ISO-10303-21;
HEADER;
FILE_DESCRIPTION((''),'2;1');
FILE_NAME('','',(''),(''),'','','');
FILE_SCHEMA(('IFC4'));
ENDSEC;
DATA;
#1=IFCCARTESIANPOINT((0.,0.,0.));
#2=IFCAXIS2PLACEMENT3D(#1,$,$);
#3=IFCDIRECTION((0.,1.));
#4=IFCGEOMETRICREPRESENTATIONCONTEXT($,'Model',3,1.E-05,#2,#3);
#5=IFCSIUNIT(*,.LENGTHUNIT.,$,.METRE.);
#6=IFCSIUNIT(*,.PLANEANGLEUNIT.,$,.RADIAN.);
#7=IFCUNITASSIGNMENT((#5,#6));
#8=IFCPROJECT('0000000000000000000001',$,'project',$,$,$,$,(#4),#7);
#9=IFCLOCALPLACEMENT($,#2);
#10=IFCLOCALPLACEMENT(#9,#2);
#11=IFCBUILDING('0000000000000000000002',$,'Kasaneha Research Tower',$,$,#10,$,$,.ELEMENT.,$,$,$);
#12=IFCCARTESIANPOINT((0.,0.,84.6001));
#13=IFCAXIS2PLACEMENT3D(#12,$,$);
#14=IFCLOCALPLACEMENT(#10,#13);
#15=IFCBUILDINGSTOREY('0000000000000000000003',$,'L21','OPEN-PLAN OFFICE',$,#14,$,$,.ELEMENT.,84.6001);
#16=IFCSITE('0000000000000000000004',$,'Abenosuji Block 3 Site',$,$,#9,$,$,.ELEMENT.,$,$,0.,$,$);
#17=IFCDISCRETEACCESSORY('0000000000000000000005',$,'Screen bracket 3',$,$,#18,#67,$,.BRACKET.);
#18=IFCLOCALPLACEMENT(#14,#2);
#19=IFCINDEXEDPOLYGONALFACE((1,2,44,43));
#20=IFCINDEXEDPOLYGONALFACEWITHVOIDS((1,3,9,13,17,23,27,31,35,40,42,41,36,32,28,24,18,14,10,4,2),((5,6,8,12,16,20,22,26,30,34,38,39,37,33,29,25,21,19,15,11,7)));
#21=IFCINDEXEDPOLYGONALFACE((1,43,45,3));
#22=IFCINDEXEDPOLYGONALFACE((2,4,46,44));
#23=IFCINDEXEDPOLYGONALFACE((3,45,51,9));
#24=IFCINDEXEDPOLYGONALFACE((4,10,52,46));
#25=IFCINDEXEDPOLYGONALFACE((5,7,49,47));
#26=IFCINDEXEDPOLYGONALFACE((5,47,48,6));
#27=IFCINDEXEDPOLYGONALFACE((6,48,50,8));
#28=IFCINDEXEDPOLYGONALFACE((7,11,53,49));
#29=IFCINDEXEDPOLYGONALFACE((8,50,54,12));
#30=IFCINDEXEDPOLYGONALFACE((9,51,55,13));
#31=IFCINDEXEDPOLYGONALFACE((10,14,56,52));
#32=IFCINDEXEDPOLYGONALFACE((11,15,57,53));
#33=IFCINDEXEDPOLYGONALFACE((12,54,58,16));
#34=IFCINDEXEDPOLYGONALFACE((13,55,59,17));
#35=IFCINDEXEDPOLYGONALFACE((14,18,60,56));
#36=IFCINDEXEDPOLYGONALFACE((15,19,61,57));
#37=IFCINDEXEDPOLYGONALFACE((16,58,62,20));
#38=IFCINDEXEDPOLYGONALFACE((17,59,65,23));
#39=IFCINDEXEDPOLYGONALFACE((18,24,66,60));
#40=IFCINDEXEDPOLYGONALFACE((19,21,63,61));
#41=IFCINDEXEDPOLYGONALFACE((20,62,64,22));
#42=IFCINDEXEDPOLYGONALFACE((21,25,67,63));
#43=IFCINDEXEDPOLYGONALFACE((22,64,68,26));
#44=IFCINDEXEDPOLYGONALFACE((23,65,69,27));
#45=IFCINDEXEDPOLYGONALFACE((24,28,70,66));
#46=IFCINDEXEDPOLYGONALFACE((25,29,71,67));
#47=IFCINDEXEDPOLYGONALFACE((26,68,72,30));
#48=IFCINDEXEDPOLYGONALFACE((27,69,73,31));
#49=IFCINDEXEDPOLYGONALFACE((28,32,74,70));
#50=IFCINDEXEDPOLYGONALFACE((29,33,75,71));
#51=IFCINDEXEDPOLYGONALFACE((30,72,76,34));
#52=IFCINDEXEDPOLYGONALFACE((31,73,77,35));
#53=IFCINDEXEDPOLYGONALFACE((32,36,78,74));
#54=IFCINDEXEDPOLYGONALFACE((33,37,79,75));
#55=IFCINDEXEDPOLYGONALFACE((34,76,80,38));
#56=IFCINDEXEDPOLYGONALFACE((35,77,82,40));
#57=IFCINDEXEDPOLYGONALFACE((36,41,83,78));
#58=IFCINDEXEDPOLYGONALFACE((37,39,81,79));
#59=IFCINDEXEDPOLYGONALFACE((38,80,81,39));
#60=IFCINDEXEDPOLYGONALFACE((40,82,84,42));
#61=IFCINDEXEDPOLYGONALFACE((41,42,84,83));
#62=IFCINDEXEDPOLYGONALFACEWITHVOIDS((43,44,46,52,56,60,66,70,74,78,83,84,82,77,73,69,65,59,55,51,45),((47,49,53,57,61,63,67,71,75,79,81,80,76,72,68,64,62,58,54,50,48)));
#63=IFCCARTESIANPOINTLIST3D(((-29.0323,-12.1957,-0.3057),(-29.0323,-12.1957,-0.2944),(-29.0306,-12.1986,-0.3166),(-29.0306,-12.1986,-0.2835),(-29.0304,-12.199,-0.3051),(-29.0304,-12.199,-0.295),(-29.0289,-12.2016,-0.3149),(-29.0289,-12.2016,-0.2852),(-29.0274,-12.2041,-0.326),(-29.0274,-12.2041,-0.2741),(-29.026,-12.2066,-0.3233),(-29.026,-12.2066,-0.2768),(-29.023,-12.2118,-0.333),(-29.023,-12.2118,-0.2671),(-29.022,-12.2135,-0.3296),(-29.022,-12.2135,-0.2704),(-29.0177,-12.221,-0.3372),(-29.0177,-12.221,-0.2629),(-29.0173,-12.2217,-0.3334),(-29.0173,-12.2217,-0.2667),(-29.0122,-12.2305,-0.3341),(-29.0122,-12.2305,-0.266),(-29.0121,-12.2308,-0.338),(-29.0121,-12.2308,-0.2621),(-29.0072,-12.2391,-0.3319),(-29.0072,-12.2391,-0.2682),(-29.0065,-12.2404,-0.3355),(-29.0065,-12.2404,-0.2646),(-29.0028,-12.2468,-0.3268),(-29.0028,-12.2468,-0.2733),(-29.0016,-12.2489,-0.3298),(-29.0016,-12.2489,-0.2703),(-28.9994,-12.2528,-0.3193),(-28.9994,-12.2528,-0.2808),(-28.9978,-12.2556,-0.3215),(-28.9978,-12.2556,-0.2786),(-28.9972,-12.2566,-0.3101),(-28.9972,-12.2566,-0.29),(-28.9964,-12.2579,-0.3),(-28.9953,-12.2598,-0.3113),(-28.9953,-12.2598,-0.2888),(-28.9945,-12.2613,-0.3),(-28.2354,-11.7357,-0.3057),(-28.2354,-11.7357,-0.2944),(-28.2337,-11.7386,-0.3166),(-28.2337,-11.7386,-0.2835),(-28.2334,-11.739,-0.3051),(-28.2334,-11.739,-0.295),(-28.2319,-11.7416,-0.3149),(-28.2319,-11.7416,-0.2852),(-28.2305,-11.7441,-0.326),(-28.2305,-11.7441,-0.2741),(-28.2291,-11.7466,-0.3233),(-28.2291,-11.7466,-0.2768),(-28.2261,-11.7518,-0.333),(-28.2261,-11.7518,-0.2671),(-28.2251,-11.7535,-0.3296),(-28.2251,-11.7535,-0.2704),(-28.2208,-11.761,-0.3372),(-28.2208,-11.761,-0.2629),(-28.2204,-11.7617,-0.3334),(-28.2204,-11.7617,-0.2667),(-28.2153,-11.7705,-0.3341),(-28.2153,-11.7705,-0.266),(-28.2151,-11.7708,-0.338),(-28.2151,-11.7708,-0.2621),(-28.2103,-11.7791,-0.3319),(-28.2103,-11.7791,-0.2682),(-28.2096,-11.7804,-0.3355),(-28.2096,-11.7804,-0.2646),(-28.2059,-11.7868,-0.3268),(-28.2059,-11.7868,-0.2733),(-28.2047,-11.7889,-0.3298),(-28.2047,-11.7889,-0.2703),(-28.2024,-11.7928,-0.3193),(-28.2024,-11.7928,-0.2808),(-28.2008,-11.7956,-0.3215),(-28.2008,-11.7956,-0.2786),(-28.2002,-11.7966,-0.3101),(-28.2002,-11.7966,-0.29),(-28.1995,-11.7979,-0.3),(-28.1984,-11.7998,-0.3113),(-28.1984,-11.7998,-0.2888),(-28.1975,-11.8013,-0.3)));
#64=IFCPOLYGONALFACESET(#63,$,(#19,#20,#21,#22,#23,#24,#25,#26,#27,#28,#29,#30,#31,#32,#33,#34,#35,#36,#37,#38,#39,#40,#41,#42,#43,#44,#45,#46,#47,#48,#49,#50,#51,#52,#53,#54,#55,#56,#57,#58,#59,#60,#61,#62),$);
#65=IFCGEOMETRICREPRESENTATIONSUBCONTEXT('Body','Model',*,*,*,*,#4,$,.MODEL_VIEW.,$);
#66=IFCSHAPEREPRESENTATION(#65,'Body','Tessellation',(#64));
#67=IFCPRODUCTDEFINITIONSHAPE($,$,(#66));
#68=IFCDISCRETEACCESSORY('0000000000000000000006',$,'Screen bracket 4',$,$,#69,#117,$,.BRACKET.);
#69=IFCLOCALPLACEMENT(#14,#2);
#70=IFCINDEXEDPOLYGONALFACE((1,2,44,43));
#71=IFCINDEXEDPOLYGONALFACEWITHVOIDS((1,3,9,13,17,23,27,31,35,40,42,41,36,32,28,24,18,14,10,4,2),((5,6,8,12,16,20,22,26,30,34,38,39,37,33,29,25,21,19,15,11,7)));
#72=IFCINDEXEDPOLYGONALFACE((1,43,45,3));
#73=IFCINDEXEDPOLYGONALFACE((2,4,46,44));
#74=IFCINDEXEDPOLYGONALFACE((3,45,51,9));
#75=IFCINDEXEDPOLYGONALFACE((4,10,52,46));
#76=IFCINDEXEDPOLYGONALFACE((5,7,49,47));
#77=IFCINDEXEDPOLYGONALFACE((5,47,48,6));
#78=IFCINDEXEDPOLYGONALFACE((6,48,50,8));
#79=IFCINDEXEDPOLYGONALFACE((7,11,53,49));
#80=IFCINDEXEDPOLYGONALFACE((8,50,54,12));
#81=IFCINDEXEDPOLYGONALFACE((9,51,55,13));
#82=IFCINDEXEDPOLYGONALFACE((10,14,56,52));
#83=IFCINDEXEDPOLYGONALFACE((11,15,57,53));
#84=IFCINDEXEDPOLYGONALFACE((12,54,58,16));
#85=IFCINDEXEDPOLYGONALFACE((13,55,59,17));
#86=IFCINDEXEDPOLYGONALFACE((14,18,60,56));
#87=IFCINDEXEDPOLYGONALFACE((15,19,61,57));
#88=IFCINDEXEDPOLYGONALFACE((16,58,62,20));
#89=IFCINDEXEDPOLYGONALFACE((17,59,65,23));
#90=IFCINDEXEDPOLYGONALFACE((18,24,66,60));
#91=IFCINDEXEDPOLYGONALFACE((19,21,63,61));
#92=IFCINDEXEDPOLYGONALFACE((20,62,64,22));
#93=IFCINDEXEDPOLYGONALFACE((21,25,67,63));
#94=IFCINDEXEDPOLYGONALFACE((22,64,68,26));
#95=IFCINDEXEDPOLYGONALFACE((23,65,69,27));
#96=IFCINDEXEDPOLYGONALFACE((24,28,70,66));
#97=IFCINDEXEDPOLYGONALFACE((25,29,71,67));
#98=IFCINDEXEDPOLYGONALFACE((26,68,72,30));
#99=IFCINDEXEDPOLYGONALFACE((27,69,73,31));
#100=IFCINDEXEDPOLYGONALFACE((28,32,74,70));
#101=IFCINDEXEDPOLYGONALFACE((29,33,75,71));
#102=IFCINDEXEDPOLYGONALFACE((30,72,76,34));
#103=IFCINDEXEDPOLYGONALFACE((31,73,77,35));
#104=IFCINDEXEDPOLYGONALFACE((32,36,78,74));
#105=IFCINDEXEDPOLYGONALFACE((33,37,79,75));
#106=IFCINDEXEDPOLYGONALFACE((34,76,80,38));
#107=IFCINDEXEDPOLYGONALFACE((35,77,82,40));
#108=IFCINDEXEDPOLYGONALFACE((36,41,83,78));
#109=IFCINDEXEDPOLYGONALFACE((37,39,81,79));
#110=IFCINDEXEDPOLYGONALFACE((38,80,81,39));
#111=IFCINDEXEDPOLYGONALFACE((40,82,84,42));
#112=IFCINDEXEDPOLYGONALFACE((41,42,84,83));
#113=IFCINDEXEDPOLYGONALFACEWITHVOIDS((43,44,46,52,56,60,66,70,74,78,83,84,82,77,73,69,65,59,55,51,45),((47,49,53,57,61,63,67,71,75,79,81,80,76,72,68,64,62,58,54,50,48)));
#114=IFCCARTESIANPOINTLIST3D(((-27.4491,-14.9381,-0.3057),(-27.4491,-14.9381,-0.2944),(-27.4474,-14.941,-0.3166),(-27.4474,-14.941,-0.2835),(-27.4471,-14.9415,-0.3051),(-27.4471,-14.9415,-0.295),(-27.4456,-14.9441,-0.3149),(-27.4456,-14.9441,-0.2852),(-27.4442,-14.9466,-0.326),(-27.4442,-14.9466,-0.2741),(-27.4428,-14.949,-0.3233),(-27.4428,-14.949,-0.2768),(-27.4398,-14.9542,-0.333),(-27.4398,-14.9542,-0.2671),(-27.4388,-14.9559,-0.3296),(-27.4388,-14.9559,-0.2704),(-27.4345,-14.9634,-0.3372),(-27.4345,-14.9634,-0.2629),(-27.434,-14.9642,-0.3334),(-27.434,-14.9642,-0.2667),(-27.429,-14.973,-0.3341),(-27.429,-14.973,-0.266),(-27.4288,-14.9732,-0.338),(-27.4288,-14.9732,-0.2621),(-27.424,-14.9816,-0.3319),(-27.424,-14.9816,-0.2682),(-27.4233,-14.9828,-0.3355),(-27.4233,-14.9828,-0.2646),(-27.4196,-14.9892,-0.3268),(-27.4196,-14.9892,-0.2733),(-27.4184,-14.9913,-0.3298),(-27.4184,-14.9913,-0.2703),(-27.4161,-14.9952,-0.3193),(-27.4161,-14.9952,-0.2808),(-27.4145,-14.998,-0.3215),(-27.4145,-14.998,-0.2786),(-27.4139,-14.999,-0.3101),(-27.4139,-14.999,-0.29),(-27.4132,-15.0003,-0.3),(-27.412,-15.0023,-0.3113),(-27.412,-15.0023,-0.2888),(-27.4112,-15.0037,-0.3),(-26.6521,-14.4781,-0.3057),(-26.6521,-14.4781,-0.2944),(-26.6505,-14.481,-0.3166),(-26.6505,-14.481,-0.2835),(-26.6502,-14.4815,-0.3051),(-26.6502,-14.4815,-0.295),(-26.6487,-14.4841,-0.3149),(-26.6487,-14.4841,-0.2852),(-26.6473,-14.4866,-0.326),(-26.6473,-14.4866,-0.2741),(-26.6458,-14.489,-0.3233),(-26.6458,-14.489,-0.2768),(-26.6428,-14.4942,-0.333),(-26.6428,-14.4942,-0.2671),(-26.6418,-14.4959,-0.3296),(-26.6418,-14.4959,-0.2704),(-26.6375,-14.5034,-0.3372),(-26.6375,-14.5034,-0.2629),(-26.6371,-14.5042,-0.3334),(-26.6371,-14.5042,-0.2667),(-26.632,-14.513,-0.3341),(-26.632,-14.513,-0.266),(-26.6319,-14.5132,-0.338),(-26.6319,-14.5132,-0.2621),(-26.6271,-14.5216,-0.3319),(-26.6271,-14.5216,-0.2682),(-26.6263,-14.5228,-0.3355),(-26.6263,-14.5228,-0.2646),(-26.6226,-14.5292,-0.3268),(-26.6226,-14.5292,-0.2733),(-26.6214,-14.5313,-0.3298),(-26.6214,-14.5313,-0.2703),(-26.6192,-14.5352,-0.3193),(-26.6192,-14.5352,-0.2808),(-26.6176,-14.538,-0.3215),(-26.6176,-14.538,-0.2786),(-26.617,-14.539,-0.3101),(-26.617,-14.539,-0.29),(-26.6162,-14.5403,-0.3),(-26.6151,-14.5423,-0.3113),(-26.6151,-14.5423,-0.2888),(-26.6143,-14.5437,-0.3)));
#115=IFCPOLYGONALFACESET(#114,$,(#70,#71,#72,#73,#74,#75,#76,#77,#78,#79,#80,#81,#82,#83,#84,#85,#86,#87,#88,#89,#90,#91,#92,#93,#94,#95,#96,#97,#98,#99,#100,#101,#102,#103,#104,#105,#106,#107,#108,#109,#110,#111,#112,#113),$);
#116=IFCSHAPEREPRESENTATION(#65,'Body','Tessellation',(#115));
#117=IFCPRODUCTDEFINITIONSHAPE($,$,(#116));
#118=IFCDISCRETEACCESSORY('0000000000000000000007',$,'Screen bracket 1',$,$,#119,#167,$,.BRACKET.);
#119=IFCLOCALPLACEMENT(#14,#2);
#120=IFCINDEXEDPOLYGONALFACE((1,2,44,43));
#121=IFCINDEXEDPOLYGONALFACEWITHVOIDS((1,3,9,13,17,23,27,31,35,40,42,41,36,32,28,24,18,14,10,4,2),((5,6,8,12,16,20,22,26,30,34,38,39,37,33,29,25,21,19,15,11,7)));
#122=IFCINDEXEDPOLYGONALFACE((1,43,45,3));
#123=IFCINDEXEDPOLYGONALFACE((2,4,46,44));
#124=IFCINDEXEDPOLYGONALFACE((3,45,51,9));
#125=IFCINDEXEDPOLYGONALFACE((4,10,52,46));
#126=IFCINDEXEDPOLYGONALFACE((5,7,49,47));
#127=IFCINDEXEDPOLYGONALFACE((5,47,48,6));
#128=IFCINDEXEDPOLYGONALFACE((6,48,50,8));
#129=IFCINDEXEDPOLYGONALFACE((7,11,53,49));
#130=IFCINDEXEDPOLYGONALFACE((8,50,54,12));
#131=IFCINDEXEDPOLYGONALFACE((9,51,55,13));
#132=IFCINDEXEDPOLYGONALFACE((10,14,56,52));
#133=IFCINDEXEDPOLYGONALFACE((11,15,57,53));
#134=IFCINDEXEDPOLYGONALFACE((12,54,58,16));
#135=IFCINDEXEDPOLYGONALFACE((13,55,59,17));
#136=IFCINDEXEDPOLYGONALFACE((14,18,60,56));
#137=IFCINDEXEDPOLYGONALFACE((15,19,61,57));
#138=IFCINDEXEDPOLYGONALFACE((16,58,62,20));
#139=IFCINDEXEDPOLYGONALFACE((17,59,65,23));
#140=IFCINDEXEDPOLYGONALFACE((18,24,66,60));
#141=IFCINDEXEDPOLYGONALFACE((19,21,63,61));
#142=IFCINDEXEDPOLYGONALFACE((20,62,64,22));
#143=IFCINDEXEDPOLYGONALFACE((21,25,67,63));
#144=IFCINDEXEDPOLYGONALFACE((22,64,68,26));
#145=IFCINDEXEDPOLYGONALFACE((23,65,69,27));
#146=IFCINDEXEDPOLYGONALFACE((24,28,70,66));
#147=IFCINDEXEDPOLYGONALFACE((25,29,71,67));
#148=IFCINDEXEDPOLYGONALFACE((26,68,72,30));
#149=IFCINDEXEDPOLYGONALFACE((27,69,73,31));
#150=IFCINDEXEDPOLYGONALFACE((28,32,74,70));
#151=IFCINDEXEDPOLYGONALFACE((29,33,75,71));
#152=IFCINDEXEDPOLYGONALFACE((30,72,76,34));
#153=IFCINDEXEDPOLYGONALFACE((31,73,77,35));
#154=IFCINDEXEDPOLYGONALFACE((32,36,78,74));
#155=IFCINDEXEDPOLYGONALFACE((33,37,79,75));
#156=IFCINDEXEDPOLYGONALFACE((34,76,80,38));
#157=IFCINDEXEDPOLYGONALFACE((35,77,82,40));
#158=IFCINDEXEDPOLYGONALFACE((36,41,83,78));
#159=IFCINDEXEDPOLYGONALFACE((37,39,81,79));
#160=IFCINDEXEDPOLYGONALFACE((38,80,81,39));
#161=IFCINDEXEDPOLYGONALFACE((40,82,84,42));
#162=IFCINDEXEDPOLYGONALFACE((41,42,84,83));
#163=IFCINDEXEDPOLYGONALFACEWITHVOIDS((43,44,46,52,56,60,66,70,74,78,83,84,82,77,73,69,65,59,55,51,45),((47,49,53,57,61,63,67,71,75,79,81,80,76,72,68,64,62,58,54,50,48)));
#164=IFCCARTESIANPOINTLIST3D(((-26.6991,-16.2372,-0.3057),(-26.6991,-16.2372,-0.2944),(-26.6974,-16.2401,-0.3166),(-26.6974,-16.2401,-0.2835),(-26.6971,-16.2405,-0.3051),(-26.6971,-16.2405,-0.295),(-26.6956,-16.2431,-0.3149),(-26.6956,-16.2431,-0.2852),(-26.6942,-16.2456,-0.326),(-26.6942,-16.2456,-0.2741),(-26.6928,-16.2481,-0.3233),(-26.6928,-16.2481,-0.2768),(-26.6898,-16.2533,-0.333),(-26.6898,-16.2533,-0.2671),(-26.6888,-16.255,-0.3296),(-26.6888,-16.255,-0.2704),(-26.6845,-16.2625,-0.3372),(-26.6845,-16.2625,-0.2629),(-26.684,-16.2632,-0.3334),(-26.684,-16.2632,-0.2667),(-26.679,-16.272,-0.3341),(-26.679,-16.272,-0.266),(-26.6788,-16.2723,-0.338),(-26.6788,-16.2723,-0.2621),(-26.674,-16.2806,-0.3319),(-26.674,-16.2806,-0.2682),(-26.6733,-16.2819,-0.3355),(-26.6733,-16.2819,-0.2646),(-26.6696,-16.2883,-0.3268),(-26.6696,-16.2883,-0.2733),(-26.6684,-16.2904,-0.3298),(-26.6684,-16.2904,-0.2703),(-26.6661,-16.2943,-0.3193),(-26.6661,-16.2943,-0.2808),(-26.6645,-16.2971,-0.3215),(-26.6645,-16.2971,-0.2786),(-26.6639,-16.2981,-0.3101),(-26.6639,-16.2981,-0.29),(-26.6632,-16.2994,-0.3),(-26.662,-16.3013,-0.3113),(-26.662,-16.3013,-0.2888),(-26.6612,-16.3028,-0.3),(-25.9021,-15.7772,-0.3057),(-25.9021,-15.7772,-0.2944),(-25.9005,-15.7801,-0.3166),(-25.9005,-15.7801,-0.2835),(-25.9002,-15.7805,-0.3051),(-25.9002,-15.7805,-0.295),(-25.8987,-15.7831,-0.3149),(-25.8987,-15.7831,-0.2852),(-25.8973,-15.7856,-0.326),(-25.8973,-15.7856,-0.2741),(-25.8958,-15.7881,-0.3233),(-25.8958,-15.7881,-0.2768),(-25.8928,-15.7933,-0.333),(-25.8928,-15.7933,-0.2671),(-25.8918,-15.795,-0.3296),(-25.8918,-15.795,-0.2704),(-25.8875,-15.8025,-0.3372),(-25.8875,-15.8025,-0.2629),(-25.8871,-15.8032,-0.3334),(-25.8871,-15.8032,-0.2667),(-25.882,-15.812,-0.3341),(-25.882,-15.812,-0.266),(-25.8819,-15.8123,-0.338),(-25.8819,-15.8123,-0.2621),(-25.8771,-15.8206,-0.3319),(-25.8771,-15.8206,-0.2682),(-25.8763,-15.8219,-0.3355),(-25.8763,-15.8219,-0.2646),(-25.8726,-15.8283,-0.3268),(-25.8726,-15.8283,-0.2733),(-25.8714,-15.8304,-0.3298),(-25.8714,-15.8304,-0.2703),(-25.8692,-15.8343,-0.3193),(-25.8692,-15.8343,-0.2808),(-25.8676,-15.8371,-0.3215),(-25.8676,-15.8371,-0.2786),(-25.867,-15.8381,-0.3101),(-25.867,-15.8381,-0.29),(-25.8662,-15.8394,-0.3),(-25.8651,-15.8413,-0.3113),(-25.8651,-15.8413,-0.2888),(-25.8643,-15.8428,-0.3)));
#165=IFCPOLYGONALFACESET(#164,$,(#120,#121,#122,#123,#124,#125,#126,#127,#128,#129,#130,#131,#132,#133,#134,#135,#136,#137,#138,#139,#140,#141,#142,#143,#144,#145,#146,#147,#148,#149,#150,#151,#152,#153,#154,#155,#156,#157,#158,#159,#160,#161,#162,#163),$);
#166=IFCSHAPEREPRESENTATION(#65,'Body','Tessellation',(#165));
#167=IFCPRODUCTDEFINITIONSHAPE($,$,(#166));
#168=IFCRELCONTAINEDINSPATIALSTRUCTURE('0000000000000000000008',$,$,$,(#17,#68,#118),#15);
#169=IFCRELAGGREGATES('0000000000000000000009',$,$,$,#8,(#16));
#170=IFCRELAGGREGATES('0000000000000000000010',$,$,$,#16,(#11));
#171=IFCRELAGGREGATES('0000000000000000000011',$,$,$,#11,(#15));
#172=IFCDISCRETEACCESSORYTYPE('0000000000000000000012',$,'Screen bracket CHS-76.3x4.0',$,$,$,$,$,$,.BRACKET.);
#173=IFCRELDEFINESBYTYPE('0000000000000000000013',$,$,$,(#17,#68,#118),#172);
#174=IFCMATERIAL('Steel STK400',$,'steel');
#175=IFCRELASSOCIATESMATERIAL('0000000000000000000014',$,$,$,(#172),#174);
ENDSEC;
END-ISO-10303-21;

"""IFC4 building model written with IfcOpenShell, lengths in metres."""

from ifc_helpers import new_model, si_unit, direction, frame, origin, origin_2d, place, context, subcontext, project, spatial, hollow_circle, extrude, material, material_profile, profile_set, type_object, element, save


model = new_model("IFC4")

# Units and contexts
model_context = context("Model", 3, precision=1e-05, world=origin(), true_north=direction((0.0, 1.0)))
body_context = subcontext(model_context, "Body", "Model", "MODEL_VIEW")
ifc_project = project(units=[si_unit("LENGTHUNIT", "METRE"), si_unit("PLANEANGLEUNIT", "RADIAN")], contexts=[model_context])

# Site, building, storey
site_placement = place(None, origin())
site = spatial("IfcSite", under=ifc_project, at=site_placement, Name="Abenosuji Block 3 Site", CompositionType="ELEMENT", RefElevation=0.0)
building_placement = place(site_placement, origin())
building = spatial("IfcBuilding", under=site, at=building_placement, Name="Kasaneha Research Tower", CompositionType="ELEMENT")
storey_placement = place(building_placement, frame((0.0, 0.0, 84.6001)))
storey = spatial("IfcBuildingStorey", under=building, at=storey_placement, Name="L21", Description="OPEN-PLAN OFFICE", CompositionType="ELEMENT", Elevation=84.6001)

# Discrete accessories
ifc_material_1 = material(Name="Steel STK400", Category="steel")
ifc_material_profile_1 = material_profile(ifc_material_1, hollow_circle(Radius=0.0381, WallThickness=0.0039, at=origin_2d()), Name="CHS-76.3x4.0")
ifc_profile_set_1 = profile_set([ifc_material_profile_1], Name="Steel STK400")
discrete_accessory_type = type_object("IfcDiscreteAccessoryType", Name="Screen bracket CHS-76.3x4.0", PredefinedType="BRACKET", material=ifc_profile_set_1)
for number, where, z_axis, x_axis, name in (
    (1, (-28.2166, -11.7683, -0.3), (-0.86608, -0.499906, 0.0), (0.499906, -0.86608, 0.0), "Screen bracket 3"),
    (2, (-26.6333, -14.5107, -0.3), (-0.86608, -0.499906, 0.0), (0.499906, -0.86608, 0.0), "Screen bracket 4"),
    (3, (-25.8833, -15.8098, -0.3), (-0.86608, -0.499906, 0.0), (0.499906, -0.86608, 0.0), "Screen bracket 1"),
):
    element("IfcDiscreteAccessory", number, at=place(storey_placement, frame(where, z_axis=z_axis, x_axis=x_axis)), inside=storey, type_object=discrete_accessory_type, Name=name, PredefinedType="BRACKET", context=body_context, shape_type="SweptSolid", body=[
        extrude(hollow_circle(Radius=0.0381, WallThickness=0.0039, at=origin_2d()), origin(), (0.0, 0.0, 1.0), 0.9202),
    ])

save(model, "model.ifc")
